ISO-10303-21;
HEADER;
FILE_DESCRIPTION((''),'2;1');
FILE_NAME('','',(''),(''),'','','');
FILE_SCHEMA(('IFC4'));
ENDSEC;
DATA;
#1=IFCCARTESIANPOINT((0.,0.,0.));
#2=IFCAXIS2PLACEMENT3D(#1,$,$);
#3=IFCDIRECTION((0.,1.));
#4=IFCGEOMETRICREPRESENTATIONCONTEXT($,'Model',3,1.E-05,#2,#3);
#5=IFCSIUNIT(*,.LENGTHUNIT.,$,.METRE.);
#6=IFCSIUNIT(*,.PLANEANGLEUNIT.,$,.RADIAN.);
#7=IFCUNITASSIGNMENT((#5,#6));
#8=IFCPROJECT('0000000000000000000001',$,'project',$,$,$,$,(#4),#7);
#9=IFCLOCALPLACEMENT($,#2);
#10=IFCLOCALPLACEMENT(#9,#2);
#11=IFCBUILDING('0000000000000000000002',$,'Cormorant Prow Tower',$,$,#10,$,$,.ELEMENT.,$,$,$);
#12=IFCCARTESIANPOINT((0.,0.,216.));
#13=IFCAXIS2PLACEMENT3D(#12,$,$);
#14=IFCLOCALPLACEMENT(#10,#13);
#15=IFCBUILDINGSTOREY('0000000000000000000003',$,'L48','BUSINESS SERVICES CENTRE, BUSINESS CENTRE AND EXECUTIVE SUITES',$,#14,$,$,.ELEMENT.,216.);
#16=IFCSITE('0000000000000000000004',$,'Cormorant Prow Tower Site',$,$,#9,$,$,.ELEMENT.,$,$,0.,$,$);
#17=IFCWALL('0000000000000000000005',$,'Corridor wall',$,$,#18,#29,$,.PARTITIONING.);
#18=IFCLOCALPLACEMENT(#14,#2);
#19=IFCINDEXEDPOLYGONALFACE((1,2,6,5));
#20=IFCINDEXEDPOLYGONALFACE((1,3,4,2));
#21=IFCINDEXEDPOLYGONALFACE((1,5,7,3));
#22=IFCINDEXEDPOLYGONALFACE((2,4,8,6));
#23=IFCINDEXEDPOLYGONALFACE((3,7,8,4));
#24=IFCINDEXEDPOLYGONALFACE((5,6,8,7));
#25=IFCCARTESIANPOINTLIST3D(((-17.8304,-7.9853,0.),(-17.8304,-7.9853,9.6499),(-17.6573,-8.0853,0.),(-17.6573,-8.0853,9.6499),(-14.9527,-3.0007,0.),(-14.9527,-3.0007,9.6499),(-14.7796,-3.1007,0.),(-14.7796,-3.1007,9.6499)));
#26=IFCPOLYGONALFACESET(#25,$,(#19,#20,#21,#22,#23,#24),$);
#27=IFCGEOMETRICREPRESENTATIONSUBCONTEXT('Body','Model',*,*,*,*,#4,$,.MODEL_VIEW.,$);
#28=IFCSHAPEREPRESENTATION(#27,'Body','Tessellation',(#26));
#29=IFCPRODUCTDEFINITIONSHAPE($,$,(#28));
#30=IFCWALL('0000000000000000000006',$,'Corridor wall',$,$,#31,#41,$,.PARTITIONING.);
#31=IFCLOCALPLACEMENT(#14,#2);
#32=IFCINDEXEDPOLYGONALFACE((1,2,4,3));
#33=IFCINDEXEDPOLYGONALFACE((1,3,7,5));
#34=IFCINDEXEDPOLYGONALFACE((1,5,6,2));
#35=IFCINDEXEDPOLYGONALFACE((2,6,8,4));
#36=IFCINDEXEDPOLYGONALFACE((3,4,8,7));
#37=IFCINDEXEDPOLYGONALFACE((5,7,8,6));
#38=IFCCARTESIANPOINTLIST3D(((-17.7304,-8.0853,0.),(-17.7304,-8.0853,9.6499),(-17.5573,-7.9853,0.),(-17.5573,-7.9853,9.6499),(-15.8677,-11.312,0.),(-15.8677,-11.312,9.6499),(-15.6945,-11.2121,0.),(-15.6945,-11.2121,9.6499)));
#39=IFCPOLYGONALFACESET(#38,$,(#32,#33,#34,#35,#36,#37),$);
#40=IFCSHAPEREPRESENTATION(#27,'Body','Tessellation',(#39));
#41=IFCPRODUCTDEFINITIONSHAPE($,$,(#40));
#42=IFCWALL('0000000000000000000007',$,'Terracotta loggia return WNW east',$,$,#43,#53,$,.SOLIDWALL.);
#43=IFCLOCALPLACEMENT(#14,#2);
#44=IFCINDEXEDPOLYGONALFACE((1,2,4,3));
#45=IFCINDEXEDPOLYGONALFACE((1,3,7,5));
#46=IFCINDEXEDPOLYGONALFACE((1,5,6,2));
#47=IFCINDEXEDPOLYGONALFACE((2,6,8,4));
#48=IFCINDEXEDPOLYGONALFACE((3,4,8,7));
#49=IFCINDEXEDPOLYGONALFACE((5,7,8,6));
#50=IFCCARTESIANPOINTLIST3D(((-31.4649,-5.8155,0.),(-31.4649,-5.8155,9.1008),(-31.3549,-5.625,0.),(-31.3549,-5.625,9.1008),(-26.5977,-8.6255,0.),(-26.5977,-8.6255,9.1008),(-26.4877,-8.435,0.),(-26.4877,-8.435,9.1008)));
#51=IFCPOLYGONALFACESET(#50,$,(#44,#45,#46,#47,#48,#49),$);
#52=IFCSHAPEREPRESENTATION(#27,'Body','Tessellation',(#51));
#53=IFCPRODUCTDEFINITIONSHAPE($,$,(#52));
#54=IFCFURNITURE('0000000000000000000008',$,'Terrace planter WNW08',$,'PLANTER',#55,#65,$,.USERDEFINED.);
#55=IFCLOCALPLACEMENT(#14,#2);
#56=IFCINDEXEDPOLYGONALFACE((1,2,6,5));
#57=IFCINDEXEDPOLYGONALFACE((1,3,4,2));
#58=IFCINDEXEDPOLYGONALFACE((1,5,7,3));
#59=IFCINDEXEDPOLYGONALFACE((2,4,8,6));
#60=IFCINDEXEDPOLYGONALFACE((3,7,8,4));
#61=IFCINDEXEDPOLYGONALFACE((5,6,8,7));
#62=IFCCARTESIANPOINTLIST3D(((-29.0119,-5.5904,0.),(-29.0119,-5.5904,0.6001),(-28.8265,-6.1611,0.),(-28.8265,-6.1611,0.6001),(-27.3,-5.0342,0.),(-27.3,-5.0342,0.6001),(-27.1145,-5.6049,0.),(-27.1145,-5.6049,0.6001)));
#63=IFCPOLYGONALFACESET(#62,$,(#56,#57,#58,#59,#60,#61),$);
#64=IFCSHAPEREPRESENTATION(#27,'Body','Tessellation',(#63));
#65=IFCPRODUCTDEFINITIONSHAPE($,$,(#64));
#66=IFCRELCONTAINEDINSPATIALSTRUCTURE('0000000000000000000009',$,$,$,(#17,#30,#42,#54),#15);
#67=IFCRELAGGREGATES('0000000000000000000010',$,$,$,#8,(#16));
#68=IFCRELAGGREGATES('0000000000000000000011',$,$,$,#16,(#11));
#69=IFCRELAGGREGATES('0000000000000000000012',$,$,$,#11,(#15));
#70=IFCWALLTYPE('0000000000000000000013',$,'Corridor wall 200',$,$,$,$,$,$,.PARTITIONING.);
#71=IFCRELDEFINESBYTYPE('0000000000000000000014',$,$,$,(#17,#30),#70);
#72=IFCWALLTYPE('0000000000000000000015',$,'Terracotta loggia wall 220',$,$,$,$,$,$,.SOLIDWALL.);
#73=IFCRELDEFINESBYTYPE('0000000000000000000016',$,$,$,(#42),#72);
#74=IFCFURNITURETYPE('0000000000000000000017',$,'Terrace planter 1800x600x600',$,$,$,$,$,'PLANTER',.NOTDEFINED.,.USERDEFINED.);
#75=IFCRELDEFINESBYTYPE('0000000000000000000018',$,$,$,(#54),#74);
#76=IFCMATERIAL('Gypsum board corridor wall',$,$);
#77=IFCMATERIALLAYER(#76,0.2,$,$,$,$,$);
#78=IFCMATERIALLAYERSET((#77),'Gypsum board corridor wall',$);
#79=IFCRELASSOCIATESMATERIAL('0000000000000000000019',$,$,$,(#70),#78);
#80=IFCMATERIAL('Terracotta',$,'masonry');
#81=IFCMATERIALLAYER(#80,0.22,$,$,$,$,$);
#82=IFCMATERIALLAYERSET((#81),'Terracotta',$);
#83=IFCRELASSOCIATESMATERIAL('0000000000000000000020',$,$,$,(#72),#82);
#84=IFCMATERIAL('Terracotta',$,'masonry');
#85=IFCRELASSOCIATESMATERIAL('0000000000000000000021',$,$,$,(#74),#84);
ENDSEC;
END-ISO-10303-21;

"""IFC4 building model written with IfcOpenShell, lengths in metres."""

from ifc_helpers import new_model, si_unit, direction, frame, frame_2d, origin, origin_2d, place, context, subcontext, project, spatial, rectangle, extrude, material, layer, layer_set, type_object, element, save


model = new_model("IFC4")

# Units and contexts
model_context = context("Model", 3, precision=1e-05, world=origin(), true_north=direction((0.0, 1.0)))
body_context = subcontext(model_context, "Body", "Model", "MODEL_VIEW")
ifc_project = project(units=[si_unit("LENGTHUNIT", "METRE"), si_unit("PLANEANGLEUNIT", "RADIAN")], contexts=[model_context])

# Site, building, storey
site_placement = place(None, origin())
site = spatial("IfcSite", under=ifc_project, at=site_placement, Name="Cormorant Prow Tower Site", CompositionType="ELEMENT", RefElevation=0.0)
building_placement = place(site_placement, origin())
building = spatial("IfcBuilding", under=site, at=building_placement, Name="Cormorant Prow Tower", CompositionType="ELEMENT")
storey_placement = place(building_placement, frame((0.0, 0.0, 216.0)))
storey = spatial("IfcBuildingStorey", under=building, at=storey_placement, Name="L48", Description="BUSINESS SERVICES CENTRE, BUSINESS CENTRE AND EXECUTIVE SUITES", CompositionType="ELEMENT", Elevation=216.0)

# Walls
ifc_material_1 = material(Name="Gypsum board corridor wall")
ifc_layer_1 = layer(ifc_material_1, 0.2)
ifc_layer_set_1 = layer_set([ifc_layer_1], Name="Gypsum board corridor wall")
wall_type_1 = type_object("IfcWallType", Name="Corridor wall 200", PredefinedType="PARTITIONING", material=ifc_layer_set_1)
wall_1_placement = place(storey_placement, frame((-17.7439, -8.0354, 0.0), z_axis=(0.0, 0.0, 1.0), x_axis=(0.499976, 0.866039, 0.0)))
element("IfcWall", 1, at=wall_1_placement, inside=storey, type_object=wall_type_1, Name="Corridor wall", PredefinedType="PARTITIONING", context=body_context, shape_type="SweptSolid", body=[
    extrude(rectangle(XDim=5.7556, YDim=0.2, at=frame_2d((2.8779, 0.0))), origin(), (0.0, 0.0, 1.0), 9.6499),
])
wall_2_placement = place(storey_placement, frame((-17.6438, -8.0354, 0.0), z_axis=(0.0, 0.0, 1.0), x_axis=(0.499959, -0.866049, 0.0)))
element("IfcWall", 2, at=wall_2_placement, inside=storey, type_object=wall_type_1, Name="Corridor wall", PredefinedType="PARTITIONING", context=body_context, shape_type="SweptSolid", body=[
    extrude(rectangle(XDim=3.7258, YDim=0.2, at=frame_2d((1.8628, 0.0))), origin(), (0.0, 0.0, 1.0), 9.6499),
])
ifc_material_2 = material(Name="Terracotta", Category="masonry")
ifc_layer_2 = layer(ifc_material_2, 0.22)
ifc_layer_set_2 = layer_set([ifc_layer_2], Name="Terracotta")
wall_type_2 = type_object("IfcWallType", Name="Terracotta loggia wall 220", PredefinedType="SOLIDWALL", material=ifc_layer_set_2)
wall_3_placement = place(storey_placement, frame((-31.4099, -5.7202, 0.0), z_axis=(0.0, 0.0, 1.0), x_axis=(0.866026, -0.499998, 0.0)))
element("IfcWall", 3, at=wall_3_placement, inside=storey, type_object=wall_type_2, Name="Terracotta loggia return WNW east", PredefinedType="SOLIDWALL", context=body_context, shape_type="SweptSolid", body=[
    extrude(rectangle(XDim=5.6201, YDim=0.22, at=frame_2d((2.8101, 0.0))), origin(), (0.0, 0.0, 1.0), 9.1008),
])

# Furniture
ifc_material_3 = material(Name="Terracotta", Category="masonry")
furniture_type = type_object("IfcFurnitureType", Name="Terrace planter 1800x600x600", ElementType="PLANTER", AssemblyPlace="NOTDEFINED", PredefinedType="USERDEFINED", material=ifc_material_3)
furniture_placement = place(storey_placement, frame((-28.0632, -5.5977, 0.0), z_axis=(0.0, 0.0, 1.0), x_axis=(-0.951057, -0.309017, 0.0)))
element("IfcFurniture", 4, at=furniture_placement, inside=storey, type_object=furniture_type, Name="Terrace planter WNW08", ObjectType="PLANTER", PredefinedType="USERDEFINED", context=body_context, shape_type="SweptSolid", body=[
    extrude(rectangle(XDim=1.8, YDim=0.6001, at=origin_2d()), origin(), (0.0, 0.0, 1.0), 0.6001),
])

save(model, "model.ifc")
